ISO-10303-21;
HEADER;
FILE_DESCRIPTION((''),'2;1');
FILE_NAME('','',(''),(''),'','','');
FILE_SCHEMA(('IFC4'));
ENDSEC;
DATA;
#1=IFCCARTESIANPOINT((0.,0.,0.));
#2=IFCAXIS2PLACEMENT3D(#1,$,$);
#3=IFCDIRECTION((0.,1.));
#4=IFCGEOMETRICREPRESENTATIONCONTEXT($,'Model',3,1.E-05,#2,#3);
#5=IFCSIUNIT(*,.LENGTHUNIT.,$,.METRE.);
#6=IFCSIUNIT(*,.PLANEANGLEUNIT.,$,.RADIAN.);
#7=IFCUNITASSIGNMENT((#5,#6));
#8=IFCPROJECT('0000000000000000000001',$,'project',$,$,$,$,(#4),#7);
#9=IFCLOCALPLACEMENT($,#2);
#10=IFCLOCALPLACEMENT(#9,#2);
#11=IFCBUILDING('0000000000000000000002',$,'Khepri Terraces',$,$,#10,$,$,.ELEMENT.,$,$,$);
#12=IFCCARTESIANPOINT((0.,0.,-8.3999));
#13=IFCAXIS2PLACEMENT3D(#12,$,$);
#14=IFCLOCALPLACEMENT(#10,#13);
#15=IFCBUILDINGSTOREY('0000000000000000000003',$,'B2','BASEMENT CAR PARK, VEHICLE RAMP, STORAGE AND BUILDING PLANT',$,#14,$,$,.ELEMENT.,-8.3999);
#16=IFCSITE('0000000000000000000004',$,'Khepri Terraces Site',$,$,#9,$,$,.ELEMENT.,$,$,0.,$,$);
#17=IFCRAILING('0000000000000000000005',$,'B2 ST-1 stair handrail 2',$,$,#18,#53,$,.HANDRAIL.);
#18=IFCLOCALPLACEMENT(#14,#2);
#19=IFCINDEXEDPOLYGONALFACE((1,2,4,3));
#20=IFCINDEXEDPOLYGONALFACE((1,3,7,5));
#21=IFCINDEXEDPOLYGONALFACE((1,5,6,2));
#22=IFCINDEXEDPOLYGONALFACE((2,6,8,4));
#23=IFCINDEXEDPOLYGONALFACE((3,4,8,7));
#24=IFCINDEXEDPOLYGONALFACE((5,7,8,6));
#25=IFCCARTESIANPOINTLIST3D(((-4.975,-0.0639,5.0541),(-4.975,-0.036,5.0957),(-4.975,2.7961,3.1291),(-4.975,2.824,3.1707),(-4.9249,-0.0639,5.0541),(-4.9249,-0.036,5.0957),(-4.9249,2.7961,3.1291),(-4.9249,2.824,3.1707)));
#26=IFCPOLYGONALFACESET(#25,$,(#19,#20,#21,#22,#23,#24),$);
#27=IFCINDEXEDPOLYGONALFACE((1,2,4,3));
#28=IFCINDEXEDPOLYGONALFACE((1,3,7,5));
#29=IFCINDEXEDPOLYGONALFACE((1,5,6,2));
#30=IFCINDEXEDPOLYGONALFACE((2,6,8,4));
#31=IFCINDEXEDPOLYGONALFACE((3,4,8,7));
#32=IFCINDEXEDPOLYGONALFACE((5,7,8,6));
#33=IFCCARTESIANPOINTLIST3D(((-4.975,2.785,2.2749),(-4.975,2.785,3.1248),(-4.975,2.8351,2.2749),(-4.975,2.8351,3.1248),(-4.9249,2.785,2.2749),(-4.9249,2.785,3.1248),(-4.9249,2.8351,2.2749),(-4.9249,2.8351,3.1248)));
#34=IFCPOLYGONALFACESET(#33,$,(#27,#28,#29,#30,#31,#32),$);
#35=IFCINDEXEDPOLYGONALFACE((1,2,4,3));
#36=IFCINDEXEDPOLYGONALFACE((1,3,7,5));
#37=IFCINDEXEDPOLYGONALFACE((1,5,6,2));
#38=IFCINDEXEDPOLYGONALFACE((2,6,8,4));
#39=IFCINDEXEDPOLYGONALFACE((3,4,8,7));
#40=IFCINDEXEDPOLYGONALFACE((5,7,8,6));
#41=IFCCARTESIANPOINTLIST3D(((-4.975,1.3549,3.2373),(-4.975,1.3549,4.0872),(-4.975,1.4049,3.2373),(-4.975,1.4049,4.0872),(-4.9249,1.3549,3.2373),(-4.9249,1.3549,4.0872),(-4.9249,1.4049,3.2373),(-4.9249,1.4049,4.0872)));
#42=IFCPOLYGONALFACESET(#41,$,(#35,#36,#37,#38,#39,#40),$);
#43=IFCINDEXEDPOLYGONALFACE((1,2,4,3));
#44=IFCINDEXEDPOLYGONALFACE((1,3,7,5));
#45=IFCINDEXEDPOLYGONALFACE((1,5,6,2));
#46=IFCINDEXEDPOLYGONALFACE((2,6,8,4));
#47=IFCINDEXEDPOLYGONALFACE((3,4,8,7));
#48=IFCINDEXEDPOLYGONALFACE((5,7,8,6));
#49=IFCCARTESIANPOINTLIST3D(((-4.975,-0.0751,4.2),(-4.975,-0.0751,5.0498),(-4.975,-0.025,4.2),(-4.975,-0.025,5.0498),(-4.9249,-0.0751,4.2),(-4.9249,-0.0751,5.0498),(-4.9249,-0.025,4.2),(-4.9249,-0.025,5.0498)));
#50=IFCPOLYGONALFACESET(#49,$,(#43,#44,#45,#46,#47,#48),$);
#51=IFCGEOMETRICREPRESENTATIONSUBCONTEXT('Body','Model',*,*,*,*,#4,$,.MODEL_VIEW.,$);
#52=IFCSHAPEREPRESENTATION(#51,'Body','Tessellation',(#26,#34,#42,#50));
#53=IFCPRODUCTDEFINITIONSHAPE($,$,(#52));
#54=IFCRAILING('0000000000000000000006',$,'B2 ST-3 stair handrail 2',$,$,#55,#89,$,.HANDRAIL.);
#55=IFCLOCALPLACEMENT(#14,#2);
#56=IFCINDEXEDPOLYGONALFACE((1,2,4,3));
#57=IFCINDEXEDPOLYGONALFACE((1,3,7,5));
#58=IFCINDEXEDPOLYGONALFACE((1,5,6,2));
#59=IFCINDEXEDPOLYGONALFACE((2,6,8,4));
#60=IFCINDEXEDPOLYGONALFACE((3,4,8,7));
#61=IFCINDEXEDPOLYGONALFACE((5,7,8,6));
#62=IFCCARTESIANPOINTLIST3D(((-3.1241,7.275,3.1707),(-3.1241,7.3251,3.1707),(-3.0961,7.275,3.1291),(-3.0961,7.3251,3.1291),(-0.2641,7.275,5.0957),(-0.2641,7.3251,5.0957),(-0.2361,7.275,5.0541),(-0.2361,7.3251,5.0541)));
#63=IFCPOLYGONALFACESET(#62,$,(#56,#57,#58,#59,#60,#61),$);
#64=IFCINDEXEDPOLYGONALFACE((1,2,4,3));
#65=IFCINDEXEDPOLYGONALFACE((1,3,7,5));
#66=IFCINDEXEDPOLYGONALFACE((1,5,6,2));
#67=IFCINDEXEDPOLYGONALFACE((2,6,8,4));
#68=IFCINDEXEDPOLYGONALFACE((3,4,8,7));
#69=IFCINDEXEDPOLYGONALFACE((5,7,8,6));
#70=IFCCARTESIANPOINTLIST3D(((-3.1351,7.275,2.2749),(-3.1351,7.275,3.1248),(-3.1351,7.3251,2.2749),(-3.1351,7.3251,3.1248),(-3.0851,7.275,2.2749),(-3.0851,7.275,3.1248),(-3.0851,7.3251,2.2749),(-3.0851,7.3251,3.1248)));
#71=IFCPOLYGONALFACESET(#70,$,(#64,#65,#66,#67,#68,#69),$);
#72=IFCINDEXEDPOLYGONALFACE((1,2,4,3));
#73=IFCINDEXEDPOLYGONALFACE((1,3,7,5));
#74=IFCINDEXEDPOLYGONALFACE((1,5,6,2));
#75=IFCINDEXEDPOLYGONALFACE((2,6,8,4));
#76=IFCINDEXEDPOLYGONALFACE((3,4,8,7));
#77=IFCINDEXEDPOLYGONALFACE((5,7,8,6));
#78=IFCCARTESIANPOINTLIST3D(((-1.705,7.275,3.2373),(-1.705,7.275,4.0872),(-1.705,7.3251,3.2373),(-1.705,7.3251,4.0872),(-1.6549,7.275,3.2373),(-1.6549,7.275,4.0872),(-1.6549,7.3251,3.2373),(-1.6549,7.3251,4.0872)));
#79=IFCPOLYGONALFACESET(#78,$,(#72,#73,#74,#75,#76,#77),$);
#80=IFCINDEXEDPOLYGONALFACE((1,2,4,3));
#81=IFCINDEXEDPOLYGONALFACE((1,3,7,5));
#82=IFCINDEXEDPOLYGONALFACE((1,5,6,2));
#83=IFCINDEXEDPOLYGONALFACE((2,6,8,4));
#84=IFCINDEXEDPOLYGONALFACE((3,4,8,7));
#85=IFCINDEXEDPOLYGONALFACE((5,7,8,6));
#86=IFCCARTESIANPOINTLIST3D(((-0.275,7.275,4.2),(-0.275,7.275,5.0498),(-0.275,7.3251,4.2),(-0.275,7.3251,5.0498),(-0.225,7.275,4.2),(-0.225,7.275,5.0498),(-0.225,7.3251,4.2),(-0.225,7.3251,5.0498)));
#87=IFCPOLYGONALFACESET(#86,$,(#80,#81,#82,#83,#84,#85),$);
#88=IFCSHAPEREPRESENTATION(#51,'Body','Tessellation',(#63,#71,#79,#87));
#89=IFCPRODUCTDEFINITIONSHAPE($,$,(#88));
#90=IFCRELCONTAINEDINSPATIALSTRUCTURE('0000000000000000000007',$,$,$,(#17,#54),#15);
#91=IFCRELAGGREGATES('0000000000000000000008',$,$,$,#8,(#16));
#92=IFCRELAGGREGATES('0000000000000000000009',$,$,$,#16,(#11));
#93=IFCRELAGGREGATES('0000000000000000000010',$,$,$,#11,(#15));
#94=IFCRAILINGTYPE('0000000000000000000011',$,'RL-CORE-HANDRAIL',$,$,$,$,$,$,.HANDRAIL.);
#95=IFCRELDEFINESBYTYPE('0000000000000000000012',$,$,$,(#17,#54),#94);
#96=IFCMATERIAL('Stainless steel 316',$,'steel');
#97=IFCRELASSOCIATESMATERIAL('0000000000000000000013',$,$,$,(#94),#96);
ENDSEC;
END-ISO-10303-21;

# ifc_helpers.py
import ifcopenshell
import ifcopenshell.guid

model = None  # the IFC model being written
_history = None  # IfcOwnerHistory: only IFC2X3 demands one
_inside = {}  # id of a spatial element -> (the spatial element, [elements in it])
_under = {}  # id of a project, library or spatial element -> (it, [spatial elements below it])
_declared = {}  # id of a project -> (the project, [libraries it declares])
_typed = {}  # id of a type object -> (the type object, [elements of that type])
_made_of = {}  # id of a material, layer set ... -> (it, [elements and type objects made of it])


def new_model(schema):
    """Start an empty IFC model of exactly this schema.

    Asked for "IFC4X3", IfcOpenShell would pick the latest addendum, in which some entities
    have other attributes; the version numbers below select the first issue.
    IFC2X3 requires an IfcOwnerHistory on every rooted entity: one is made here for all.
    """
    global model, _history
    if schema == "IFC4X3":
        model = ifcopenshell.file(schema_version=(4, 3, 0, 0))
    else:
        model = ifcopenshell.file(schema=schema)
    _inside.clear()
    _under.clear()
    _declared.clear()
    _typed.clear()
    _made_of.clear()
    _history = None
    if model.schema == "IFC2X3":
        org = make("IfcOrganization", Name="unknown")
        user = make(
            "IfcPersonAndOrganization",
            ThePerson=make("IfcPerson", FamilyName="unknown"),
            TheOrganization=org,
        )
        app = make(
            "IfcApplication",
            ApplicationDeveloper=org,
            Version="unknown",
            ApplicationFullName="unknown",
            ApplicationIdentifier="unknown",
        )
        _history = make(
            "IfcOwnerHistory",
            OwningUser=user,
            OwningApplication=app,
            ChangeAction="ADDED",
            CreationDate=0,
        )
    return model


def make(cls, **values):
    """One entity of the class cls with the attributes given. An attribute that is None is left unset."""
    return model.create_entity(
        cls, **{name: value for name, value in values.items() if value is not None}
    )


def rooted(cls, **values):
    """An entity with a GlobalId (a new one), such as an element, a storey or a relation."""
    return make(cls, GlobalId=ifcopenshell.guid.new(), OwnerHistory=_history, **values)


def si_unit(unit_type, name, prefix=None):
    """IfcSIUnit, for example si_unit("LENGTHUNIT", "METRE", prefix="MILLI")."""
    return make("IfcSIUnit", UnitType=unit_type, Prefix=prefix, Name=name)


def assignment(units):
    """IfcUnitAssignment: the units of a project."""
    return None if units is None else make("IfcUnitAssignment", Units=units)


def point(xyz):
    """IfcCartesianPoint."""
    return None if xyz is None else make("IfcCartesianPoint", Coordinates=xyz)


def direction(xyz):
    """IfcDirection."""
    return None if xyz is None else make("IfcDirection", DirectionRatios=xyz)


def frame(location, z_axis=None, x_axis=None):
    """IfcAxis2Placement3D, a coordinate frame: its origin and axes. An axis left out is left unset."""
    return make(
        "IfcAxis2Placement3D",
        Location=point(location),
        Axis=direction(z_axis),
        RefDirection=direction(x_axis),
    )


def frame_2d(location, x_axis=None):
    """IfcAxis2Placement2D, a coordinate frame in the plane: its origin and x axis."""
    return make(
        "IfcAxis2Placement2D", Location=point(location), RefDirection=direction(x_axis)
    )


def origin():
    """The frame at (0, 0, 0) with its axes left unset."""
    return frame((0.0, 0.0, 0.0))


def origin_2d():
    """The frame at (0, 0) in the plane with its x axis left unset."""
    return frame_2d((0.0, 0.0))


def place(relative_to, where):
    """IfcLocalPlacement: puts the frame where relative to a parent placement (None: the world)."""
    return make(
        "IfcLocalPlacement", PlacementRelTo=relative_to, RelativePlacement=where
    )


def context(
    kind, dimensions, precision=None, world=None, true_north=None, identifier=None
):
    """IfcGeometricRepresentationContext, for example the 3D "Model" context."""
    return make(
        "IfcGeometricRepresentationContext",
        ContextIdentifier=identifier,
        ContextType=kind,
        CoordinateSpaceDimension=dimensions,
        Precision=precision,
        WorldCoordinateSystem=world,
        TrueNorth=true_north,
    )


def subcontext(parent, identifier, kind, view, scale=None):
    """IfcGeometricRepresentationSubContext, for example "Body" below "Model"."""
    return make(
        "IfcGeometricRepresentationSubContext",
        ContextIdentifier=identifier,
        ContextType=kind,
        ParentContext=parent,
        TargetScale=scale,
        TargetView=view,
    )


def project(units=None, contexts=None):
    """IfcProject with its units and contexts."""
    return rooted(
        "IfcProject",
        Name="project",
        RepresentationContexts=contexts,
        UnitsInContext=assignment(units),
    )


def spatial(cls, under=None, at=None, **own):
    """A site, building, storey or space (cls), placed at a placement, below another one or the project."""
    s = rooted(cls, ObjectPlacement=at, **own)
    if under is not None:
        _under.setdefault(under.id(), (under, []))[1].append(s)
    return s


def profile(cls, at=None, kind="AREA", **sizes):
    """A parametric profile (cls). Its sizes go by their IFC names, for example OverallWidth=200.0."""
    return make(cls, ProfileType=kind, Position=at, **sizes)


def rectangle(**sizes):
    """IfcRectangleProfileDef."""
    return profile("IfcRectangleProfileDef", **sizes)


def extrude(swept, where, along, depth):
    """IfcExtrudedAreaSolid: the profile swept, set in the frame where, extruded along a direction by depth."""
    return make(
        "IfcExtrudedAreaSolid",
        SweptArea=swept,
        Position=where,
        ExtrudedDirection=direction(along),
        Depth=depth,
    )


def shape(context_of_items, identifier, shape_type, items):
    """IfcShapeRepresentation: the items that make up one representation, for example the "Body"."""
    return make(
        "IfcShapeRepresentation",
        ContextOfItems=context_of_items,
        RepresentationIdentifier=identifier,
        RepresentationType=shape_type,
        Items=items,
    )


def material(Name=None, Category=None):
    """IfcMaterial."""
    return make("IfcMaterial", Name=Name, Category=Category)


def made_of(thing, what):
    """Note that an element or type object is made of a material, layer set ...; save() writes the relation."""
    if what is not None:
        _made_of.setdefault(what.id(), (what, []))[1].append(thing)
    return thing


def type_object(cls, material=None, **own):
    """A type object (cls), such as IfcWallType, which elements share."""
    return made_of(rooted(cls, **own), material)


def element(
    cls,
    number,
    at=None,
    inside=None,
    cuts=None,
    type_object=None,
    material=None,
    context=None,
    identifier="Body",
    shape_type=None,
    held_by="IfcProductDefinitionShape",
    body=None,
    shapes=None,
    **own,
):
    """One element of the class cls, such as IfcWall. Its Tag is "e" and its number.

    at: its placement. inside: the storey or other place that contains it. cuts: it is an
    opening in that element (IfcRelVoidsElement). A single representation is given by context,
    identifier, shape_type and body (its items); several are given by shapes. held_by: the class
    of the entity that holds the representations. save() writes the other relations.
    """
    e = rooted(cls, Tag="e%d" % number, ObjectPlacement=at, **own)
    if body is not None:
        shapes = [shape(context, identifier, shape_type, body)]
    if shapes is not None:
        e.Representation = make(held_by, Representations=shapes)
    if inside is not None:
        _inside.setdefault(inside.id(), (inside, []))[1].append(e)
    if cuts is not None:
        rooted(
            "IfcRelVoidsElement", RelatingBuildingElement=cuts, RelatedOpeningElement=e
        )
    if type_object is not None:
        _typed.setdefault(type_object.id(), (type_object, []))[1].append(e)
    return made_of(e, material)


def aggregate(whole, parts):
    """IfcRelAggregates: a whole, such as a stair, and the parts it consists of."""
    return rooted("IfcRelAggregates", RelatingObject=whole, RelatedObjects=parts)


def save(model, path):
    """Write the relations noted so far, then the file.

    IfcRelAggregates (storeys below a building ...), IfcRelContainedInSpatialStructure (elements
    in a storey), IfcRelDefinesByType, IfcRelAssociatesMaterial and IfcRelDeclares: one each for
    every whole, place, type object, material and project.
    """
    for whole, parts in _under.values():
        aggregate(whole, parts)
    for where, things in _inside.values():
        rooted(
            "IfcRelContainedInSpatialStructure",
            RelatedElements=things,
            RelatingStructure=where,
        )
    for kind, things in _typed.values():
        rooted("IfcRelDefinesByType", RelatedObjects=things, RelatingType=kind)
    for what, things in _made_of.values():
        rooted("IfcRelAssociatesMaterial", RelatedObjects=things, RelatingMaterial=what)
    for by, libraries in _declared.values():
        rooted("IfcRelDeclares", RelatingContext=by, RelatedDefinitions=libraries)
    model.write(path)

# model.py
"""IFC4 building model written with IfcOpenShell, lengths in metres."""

from ifc_helpers import new_model, si_unit, direction, frame, origin, origin_2d, place, context, subcontext, project, spatial, rectangle, extrude, material, type_object, element, save


model = new_model("IFC4")

# Units and contexts
model_context = context("Model", 3, precision=1e-05, world=origin(), true_north=direction((0.0, 1.0)))
body_context = subcontext(model_context, "Body", "Model", "MODEL_VIEW")
ifc_project = project(units=[si_unit("LENGTHUNIT", "METRE"), si_unit("PLANEANGLEUNIT", "RADIAN")], contexts=[model_context])

# Site, building, storey
site_placement = place(None, origin())
site = spatial("IfcSite", under=ifc_project, at=site_placement, Name="Khepri Terraces Site", CompositionType="ELEMENT", RefElevation=0.0)
building_placement = place(site_placement, origin())
building = spatial("IfcBuilding", under=site, at=building_placement, Name="Khepri Terraces", CompositionType="ELEMENT")
storey_placement = place(building_placement, frame((0.0, 0.0, -8.3999)))
storey = spatial("IfcBuildingStorey", under=building, at=storey_placement, Name="B2", Description="BASEMENT CAR PARK, VEHICLE RAMP, STORAGE AND BUILDING PLANT", CompositionType="ELEMENT", Elevation=-8.3999)

# Railings
ifc_material_1 = material(Name="Stainless steel 316", Category="steel")
railing_type_1 = type_object("IfcRailingType", Name="RL-CORE-HANDRAIL", PredefinedType="HANDRAIL", material=ifc_material_1)
railing_1_placement = place(storey_placement, frame((-4.95, 2.8101, 2.2749)))
element("IfcRailing", 1, at=railing_1_placement, inside=storey, type_object=railing_type_1, Name="B2 ST-1 stair handrail 2", PredefinedType="HANDRAIL", context=body_context, shape_type="SweptSolid", body=[
    extrude(rectangle(XDim=0.05, YDim=0.05, at=origin_2d()), frame((0.0, 0.0, 0.875), z_axis=(0.0, -0.829591, 0.558372), x_axis=(1.0, 0.0, 0.0)), (0.0, 0.0, 1.0), 3.4475),
    extrude(rectangle(XDim=0.05, YDim=0.05, at=origin_2d()), origin(), (0.0, 0.0, 1.0), 0.8499),
    extrude(rectangle(XDim=0.05, YDim=0.05, at=origin_2d()), frame((0.0, -1.4302, 0.9624)), (0.0, 0.0, 1.0), 0.8499),
    extrude(rectangle(XDim=0.05, YDim=0.05, at=origin_2d()), frame((0.0, -2.8601, 1.925)), (0.0, 0.0, 1.0), 0.8499),
])
railing_2_placement = place(storey_placement, frame((-3.1101, 7.3, 2.2749)))
element("IfcRailing", 2, at=railing_2_placement, inside=storey, type_object=railing_type_1, Name="B2 ST-3 stair handrail 2", PredefinedType="HANDRAIL", context=body_context, shape_type="SweptSolid", body=[
    extrude(rectangle(XDim=0.05, YDim=0.05, at=origin_2d()), frame((0.0, 0.0, 0.875), z_axis=(0.829591, 0.0, 0.558372), x_axis=(0.0, 1.0, 0.0)), (0.0, 0.0, 1.0), 3.4475),
    extrude(rectangle(XDim=0.05, YDim=0.05, at=origin_2d()), origin(), (0.0, 0.0, 1.0), 0.8499),
    extrude(rectangle(XDim=0.05, YDim=0.05, at=origin_2d()), frame((1.4302, 0.0, 0.9624)), (0.0, 0.0, 1.0), 0.8499),
    extrude(rectangle(XDim=0.05, YDim=0.05, at=origin_2d()), frame((2.8601, 0.0, 1.925)), (0.0, 0.0, 1.0), 0.8499),
])

save(model, "model.ifc")
